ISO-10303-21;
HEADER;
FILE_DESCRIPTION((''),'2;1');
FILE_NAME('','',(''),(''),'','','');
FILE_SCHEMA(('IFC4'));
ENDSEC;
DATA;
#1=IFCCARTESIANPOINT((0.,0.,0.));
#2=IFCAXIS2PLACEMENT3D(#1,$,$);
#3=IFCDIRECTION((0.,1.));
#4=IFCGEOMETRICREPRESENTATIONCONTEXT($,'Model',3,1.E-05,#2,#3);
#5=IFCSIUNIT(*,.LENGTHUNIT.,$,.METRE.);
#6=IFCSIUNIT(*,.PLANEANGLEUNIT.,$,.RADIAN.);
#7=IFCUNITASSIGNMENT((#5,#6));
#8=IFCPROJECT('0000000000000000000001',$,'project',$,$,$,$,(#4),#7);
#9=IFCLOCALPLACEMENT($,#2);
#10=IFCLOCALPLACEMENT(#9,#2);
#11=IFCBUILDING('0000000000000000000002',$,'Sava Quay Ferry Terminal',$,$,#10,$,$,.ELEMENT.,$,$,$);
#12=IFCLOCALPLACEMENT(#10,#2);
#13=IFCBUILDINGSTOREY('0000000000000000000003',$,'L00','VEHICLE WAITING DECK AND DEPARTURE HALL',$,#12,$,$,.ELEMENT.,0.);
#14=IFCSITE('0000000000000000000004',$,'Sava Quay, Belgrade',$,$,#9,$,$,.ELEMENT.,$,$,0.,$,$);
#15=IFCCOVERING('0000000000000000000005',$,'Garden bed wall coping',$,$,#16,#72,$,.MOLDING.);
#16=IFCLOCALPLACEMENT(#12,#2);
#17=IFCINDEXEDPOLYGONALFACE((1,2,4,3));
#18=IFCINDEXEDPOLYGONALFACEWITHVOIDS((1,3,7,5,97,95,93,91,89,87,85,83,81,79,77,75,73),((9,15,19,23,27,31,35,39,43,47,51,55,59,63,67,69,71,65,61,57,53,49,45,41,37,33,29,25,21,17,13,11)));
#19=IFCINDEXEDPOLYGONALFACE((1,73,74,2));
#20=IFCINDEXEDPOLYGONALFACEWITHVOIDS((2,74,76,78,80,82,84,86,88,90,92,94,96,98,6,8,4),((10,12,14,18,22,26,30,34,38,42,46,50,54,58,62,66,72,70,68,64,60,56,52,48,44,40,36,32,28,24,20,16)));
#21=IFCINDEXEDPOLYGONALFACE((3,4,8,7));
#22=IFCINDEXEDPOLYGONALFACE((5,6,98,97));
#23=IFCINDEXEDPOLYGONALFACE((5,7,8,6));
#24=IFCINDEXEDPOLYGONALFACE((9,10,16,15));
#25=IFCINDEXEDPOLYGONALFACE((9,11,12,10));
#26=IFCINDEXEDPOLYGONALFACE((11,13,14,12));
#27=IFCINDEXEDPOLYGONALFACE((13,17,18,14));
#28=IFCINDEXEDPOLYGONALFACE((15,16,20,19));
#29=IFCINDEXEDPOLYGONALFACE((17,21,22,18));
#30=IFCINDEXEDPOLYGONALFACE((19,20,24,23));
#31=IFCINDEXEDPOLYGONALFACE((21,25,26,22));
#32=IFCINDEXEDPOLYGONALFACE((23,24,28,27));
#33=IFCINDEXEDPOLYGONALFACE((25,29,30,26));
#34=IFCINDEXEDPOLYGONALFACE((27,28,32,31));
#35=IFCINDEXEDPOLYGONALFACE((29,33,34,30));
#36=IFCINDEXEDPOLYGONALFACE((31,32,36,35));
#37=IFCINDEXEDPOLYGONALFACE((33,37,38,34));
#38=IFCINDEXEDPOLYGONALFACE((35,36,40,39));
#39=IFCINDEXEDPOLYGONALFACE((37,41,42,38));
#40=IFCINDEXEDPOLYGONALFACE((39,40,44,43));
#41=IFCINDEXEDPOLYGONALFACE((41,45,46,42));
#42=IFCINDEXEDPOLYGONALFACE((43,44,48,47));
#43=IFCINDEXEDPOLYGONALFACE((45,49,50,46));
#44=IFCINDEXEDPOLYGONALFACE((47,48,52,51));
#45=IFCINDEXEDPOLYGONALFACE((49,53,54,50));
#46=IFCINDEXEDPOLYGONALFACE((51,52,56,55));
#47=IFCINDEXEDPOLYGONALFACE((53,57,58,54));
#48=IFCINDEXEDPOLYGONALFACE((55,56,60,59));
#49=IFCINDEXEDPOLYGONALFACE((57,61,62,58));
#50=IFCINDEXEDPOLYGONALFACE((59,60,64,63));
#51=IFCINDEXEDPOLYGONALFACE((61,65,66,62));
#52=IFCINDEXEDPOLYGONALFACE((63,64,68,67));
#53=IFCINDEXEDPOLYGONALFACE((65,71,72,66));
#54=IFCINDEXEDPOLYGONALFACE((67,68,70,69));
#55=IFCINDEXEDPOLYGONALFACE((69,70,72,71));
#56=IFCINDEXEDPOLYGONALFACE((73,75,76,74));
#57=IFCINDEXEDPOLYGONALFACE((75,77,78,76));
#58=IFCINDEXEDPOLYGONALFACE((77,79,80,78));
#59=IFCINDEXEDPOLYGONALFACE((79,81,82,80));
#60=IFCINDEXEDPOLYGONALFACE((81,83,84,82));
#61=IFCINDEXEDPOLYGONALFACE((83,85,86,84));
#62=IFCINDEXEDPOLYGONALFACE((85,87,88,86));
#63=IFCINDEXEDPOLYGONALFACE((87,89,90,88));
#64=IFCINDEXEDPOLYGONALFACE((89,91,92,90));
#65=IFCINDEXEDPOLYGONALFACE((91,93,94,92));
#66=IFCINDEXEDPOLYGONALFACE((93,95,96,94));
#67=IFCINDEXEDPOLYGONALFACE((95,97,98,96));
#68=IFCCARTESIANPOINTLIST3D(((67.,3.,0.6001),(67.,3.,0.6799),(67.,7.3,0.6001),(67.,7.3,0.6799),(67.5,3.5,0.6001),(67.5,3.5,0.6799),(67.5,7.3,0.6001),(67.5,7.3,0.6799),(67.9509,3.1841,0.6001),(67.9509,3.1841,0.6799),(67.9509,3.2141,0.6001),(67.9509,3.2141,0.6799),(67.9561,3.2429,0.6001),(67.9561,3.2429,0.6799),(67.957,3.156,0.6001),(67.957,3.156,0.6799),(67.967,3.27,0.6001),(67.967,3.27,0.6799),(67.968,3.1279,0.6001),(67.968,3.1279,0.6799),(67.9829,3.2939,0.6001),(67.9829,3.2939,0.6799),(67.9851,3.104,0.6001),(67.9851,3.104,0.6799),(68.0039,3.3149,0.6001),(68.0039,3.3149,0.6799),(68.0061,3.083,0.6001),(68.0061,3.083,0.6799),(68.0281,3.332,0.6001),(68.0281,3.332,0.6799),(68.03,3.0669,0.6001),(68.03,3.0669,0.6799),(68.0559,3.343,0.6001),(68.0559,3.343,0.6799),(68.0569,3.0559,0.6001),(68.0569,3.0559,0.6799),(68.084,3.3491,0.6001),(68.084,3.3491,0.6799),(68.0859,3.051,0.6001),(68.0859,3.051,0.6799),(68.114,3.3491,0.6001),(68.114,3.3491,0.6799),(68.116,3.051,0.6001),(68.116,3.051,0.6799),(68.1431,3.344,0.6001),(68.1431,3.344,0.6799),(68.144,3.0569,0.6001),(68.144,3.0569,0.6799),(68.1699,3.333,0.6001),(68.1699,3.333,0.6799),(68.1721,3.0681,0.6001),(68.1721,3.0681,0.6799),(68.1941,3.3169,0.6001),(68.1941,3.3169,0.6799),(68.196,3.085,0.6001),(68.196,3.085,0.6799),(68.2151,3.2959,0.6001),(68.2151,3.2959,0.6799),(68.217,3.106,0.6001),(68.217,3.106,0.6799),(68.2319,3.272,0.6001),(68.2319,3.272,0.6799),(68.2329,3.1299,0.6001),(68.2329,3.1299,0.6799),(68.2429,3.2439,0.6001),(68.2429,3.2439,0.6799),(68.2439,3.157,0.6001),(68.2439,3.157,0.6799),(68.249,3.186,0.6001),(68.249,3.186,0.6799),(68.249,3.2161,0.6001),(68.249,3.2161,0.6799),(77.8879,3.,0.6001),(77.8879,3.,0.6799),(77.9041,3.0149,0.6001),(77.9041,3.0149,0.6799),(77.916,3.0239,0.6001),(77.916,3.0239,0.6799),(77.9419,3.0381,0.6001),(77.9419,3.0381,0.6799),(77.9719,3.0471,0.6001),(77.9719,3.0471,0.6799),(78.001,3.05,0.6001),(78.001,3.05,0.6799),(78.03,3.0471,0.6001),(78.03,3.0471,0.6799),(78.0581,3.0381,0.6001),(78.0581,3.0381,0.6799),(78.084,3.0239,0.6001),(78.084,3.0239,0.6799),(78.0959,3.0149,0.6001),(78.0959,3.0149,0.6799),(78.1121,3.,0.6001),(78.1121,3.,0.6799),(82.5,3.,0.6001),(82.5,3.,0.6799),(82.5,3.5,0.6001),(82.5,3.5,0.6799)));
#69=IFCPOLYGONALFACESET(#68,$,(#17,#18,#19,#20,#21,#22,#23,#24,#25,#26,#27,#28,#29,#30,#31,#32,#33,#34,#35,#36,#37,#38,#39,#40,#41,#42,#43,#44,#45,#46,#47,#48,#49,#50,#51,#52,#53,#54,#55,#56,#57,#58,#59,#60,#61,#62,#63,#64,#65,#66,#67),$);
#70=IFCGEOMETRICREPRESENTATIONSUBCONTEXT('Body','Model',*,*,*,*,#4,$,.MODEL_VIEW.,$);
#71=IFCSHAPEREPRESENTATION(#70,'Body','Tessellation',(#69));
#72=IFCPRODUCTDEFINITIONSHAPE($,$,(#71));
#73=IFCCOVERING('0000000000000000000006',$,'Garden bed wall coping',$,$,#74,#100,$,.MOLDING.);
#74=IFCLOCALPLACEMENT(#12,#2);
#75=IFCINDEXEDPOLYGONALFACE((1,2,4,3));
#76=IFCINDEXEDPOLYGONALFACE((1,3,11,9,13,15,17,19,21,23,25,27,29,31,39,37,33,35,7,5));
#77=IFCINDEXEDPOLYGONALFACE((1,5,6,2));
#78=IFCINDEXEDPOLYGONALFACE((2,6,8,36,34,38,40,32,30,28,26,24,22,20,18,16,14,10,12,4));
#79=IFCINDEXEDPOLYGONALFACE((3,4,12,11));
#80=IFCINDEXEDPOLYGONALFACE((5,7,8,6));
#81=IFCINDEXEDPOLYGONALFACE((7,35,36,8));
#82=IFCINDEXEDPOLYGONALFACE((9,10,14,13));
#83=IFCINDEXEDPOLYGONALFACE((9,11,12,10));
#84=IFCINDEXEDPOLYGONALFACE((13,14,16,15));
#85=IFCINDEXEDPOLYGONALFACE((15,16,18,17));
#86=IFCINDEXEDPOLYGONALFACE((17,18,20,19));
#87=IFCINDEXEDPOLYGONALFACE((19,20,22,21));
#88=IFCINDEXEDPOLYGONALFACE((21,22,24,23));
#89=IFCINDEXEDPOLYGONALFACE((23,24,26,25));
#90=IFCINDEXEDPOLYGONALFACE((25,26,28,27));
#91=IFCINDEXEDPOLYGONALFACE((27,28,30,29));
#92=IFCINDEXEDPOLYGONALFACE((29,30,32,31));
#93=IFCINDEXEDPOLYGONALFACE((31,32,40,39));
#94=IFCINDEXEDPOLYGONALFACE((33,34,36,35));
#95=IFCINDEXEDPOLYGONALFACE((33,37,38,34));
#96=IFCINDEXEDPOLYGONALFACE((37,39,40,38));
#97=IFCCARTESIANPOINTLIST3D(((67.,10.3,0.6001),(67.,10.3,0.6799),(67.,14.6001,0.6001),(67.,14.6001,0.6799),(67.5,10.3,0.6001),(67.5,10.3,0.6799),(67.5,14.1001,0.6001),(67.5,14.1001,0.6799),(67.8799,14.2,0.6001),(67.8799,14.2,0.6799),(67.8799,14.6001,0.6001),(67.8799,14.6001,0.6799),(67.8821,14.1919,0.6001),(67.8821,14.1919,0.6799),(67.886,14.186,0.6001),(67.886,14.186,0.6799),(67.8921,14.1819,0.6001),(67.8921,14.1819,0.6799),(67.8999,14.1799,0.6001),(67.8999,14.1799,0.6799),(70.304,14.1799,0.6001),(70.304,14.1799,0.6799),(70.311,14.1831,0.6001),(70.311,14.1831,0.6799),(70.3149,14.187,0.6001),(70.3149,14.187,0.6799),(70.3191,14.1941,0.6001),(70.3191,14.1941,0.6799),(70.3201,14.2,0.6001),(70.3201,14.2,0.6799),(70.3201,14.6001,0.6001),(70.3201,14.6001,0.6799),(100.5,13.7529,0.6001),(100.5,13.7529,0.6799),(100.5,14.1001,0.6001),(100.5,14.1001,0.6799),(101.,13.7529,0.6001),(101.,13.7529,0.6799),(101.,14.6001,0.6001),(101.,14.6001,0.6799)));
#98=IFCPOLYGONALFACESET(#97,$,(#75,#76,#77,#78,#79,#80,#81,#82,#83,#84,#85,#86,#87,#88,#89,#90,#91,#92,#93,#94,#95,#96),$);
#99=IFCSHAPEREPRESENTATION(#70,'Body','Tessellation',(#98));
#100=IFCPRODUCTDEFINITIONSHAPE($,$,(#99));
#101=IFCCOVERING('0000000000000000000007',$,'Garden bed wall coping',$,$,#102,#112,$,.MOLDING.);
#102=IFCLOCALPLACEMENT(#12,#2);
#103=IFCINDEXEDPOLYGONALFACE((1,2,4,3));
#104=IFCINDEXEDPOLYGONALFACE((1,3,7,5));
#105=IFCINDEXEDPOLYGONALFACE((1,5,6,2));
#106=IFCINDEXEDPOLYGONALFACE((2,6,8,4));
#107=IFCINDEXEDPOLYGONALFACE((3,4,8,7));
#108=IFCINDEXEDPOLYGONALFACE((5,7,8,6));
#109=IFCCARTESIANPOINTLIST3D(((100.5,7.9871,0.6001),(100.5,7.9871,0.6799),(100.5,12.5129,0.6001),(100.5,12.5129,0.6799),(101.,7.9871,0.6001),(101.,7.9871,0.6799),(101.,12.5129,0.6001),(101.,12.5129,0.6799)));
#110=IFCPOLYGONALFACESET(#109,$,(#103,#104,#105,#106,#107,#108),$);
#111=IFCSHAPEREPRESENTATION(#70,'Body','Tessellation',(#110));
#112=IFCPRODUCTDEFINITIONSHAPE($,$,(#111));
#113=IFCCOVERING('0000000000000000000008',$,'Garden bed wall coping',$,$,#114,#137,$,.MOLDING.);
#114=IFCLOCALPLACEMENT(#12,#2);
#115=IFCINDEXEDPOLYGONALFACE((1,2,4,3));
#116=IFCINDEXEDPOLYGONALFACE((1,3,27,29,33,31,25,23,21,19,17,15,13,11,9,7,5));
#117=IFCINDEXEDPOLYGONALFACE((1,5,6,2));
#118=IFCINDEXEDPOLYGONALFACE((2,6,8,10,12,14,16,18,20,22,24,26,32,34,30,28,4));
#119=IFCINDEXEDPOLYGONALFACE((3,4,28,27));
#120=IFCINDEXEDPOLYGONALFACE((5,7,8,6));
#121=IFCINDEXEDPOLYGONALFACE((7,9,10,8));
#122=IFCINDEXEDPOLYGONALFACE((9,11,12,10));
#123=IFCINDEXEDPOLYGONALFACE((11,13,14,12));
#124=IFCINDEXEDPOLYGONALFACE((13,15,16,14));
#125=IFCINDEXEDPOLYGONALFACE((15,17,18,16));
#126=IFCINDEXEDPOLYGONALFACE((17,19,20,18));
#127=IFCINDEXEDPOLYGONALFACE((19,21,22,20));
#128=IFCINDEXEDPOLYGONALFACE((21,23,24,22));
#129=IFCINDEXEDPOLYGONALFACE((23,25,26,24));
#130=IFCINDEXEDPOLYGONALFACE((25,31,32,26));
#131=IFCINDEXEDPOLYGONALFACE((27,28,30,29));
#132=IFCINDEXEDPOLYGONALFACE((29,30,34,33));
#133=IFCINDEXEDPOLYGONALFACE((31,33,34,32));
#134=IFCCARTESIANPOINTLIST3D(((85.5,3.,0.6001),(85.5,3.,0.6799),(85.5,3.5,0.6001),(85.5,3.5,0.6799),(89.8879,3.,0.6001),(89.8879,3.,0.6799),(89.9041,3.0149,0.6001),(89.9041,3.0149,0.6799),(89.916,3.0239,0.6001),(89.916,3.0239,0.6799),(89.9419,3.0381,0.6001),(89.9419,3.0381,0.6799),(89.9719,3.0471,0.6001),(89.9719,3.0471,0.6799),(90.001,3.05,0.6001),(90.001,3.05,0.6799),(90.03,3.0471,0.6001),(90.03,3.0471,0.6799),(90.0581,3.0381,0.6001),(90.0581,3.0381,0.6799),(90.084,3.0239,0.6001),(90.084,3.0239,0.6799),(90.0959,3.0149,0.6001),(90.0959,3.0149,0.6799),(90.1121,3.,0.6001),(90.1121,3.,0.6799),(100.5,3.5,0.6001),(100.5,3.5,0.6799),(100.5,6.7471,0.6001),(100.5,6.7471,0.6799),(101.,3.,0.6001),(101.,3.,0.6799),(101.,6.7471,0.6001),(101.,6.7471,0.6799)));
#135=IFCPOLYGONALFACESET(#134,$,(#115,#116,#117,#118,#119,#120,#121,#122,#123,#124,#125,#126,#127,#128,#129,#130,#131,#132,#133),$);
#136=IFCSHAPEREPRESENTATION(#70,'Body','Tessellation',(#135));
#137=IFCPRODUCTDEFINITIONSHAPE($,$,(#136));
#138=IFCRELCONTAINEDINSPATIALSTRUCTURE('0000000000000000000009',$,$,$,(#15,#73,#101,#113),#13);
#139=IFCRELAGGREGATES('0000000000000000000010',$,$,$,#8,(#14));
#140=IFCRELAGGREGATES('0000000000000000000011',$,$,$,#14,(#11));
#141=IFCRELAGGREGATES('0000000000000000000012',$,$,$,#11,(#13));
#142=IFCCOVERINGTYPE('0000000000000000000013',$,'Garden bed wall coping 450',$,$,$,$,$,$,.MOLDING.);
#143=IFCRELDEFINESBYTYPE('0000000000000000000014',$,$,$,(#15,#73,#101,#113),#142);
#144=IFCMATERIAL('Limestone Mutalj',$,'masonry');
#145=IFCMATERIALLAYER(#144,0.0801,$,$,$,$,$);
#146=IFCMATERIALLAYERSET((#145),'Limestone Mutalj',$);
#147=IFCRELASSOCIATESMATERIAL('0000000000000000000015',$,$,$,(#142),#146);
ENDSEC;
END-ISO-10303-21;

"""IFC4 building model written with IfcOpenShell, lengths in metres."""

from ifc_helpers import new_model, si_unit, direction, frame, origin, place, context, subcontext, project, spatial, polyline, outline, extrude, material, layer, layer_set, type_object, element, save


model = new_model("IFC4")

# Units and contexts
model_context = context("Model", 3, precision=1e-05, world=origin(), true_north=direction((0.0, 1.0)))
body_context = subcontext(model_context, "Body", "Model", "MODEL_VIEW")
ifc_project = project(units=[si_unit("LENGTHUNIT", "METRE"), si_unit("PLANEANGLEUNIT", "RADIAN")], contexts=[model_context])

# Site, building, storey
site_placement = place(None, origin())
site = spatial("IfcSite", under=ifc_project, at=site_placement, Name="Sava Quay, Belgrade", CompositionType="ELEMENT", RefElevation=0.0)
building_placement = place(site_placement, origin())
building = spatial("IfcBuilding", under=site, at=building_placement, Name="Sava Quay Ferry Terminal", CompositionType="ELEMENT")
storey_placement = place(building_placement, origin())
storey = spatial("IfcBuildingStorey", under=building, at=storey_placement, Name="L00", Description="VEHICLE WAITING DECK AND DEPARTURE HALL", CompositionType="ELEMENT", Elevation=0.0)

# Coverings
ifc_material_1 = material(Name="Limestone Mutalj", Category="masonry")
ifc_layer_1 = layer(ifc_material_1, 0.0801)
ifc_layer_set_1 = layer_set([ifc_layer_1], Name="Limestone Mutalj")
covering_type_1 = type_object("IfcCoveringType", Name="Garden bed wall coping 450", PredefinedType="MOLDING", material=ifc_layer_set_1)
covering_1_placement = place(storey_placement, frame((0.0, 0.0, 0.6001)))
element("IfcCovering", 1, at=covering_1_placement, inside=storey, type_object=covering_type_1, Name="Garden bed wall coping", PredefinedType="MOLDING", context=body_context, shape_type="SweptSolid", body=[
    extrude(outline(polyline([(67.5, 7.3), (67.0, 7.3), (67.0, 3.0), (77.8879, 3.0), (77.9041, 3.0149), (77.916, 3.0239), (77.9419, 3.0381), (77.9719, 3.0471), (78.001, 3.05), (78.03, 3.0471), (78.0581, 3.0381), (78.084, 3.0239), (78.0959, 3.0149), (78.1121, 3.0), (82.5, 3.0), (82.5, 3.5), (67.5, 3.5), (67.5, 7.3)]), holes=[polyline([(68.249, 3.186), (68.2439, 3.157), (68.2329, 3.1299), (68.217, 3.106), (68.196, 3.085), (68.1721, 3.0681), (68.144, 3.0569), (68.116, 3.051), (68.0859, 3.051), (68.0569, 3.0559), (68.03, 3.0669), (68.0061, 3.083), (67.9851, 3.104), (67.968, 3.1279), (67.957, 3.156), (67.9509, 3.1841), (67.9509, 3.2141), (67.9561, 3.2429), (67.967, 3.27), (67.9829, 3.2939), (68.0039, 3.3149), (68.0281, 3.332), (68.0559, 3.343), (68.084, 3.3491), (68.114, 3.3491), (68.1431, 3.344), (68.1699, 3.333), (68.1941, 3.3169), (68.2151, 3.2959), (68.2319, 3.272), (68.2429, 3.2439), (68.249, 3.2161), (68.249, 3.186)])]), origin(), (0.0, 0.0, 1.0), 0.0798),
])
covering_2_placement = place(storey_placement, frame((0.0, 0.0, 0.6001)))
element("IfcCovering", 2, at=covering_2_placement, inside=storey, type_object=covering_type_1, Name="Garden bed wall coping", PredefinedType="MOLDING", context=body_context, shape_type="SweptSolid", body=[
    extrude(outline(polyline([(67.8799, 14.6001), (67.0, 14.6001), (67.0, 10.3), (67.5, 10.3), (67.5, 14.1001), (100.5, 14.1001), (100.5, 13.7529), (101.0, 13.7529), (101.0, 14.6001), (70.3201, 14.6001), (70.3201, 14.2), (70.3191, 14.1941), (70.3149, 14.187), (70.311, 14.1831), (70.304, 14.1799), (67.8999, 14.1799), (67.8921, 14.1819), (67.886, 14.186), (67.8821, 14.1919), (67.8799, 14.2), (67.8799, 14.6001)])), origin(), (0.0, 0.0, 1.0), 0.0798),
])
covering_3_placement = place(storey_placement, frame((0.0, 0.0, 0.6001)))
element("IfcCovering", 3, at=covering_3_placement, inside=storey, type_object=covering_type_1, Name="Garden bed wall coping", PredefinedType="MOLDING", context=body_context, shape_type="SweptSolid", body=[
    extrude(outline(polyline([(101.0, 7.9871), (101.0, 12.5129), (100.5, 12.5129), (100.5, 7.9871), (101.0, 7.9871)])), origin(), (0.0, 0.0, 1.0), 0.0798),
])
covering_4_placement = place(storey_placement, frame((0.0, 0.0, 0.6001)))
element("IfcCovering", 4, at=covering_4_placement, inside=storey, type_object=covering_type_1, Name="Garden bed wall coping", PredefinedType="MOLDING", context=body_context, shape_type="SweptSolid", body=[
    extrude(outline(polyline([(101.0, 3.0), (101.0, 6.7471), (100.5, 6.7471), (100.5, 3.5), (85.5, 3.5), (85.5, 3.0), (89.8879, 3.0), (89.9041, 3.0149), (89.916, 3.0239), (89.9419, 3.0381), (89.9719, 3.0471), (90.001, 3.05), (90.03, 3.0471), (90.0581, 3.0381), (90.084, 3.0239), (90.0959, 3.0149), (90.1121, 3.0), (101.0, 3.0)])), origin(), (0.0, 0.0, 1.0), 0.0798),
])

save(model, "model.ifc")
